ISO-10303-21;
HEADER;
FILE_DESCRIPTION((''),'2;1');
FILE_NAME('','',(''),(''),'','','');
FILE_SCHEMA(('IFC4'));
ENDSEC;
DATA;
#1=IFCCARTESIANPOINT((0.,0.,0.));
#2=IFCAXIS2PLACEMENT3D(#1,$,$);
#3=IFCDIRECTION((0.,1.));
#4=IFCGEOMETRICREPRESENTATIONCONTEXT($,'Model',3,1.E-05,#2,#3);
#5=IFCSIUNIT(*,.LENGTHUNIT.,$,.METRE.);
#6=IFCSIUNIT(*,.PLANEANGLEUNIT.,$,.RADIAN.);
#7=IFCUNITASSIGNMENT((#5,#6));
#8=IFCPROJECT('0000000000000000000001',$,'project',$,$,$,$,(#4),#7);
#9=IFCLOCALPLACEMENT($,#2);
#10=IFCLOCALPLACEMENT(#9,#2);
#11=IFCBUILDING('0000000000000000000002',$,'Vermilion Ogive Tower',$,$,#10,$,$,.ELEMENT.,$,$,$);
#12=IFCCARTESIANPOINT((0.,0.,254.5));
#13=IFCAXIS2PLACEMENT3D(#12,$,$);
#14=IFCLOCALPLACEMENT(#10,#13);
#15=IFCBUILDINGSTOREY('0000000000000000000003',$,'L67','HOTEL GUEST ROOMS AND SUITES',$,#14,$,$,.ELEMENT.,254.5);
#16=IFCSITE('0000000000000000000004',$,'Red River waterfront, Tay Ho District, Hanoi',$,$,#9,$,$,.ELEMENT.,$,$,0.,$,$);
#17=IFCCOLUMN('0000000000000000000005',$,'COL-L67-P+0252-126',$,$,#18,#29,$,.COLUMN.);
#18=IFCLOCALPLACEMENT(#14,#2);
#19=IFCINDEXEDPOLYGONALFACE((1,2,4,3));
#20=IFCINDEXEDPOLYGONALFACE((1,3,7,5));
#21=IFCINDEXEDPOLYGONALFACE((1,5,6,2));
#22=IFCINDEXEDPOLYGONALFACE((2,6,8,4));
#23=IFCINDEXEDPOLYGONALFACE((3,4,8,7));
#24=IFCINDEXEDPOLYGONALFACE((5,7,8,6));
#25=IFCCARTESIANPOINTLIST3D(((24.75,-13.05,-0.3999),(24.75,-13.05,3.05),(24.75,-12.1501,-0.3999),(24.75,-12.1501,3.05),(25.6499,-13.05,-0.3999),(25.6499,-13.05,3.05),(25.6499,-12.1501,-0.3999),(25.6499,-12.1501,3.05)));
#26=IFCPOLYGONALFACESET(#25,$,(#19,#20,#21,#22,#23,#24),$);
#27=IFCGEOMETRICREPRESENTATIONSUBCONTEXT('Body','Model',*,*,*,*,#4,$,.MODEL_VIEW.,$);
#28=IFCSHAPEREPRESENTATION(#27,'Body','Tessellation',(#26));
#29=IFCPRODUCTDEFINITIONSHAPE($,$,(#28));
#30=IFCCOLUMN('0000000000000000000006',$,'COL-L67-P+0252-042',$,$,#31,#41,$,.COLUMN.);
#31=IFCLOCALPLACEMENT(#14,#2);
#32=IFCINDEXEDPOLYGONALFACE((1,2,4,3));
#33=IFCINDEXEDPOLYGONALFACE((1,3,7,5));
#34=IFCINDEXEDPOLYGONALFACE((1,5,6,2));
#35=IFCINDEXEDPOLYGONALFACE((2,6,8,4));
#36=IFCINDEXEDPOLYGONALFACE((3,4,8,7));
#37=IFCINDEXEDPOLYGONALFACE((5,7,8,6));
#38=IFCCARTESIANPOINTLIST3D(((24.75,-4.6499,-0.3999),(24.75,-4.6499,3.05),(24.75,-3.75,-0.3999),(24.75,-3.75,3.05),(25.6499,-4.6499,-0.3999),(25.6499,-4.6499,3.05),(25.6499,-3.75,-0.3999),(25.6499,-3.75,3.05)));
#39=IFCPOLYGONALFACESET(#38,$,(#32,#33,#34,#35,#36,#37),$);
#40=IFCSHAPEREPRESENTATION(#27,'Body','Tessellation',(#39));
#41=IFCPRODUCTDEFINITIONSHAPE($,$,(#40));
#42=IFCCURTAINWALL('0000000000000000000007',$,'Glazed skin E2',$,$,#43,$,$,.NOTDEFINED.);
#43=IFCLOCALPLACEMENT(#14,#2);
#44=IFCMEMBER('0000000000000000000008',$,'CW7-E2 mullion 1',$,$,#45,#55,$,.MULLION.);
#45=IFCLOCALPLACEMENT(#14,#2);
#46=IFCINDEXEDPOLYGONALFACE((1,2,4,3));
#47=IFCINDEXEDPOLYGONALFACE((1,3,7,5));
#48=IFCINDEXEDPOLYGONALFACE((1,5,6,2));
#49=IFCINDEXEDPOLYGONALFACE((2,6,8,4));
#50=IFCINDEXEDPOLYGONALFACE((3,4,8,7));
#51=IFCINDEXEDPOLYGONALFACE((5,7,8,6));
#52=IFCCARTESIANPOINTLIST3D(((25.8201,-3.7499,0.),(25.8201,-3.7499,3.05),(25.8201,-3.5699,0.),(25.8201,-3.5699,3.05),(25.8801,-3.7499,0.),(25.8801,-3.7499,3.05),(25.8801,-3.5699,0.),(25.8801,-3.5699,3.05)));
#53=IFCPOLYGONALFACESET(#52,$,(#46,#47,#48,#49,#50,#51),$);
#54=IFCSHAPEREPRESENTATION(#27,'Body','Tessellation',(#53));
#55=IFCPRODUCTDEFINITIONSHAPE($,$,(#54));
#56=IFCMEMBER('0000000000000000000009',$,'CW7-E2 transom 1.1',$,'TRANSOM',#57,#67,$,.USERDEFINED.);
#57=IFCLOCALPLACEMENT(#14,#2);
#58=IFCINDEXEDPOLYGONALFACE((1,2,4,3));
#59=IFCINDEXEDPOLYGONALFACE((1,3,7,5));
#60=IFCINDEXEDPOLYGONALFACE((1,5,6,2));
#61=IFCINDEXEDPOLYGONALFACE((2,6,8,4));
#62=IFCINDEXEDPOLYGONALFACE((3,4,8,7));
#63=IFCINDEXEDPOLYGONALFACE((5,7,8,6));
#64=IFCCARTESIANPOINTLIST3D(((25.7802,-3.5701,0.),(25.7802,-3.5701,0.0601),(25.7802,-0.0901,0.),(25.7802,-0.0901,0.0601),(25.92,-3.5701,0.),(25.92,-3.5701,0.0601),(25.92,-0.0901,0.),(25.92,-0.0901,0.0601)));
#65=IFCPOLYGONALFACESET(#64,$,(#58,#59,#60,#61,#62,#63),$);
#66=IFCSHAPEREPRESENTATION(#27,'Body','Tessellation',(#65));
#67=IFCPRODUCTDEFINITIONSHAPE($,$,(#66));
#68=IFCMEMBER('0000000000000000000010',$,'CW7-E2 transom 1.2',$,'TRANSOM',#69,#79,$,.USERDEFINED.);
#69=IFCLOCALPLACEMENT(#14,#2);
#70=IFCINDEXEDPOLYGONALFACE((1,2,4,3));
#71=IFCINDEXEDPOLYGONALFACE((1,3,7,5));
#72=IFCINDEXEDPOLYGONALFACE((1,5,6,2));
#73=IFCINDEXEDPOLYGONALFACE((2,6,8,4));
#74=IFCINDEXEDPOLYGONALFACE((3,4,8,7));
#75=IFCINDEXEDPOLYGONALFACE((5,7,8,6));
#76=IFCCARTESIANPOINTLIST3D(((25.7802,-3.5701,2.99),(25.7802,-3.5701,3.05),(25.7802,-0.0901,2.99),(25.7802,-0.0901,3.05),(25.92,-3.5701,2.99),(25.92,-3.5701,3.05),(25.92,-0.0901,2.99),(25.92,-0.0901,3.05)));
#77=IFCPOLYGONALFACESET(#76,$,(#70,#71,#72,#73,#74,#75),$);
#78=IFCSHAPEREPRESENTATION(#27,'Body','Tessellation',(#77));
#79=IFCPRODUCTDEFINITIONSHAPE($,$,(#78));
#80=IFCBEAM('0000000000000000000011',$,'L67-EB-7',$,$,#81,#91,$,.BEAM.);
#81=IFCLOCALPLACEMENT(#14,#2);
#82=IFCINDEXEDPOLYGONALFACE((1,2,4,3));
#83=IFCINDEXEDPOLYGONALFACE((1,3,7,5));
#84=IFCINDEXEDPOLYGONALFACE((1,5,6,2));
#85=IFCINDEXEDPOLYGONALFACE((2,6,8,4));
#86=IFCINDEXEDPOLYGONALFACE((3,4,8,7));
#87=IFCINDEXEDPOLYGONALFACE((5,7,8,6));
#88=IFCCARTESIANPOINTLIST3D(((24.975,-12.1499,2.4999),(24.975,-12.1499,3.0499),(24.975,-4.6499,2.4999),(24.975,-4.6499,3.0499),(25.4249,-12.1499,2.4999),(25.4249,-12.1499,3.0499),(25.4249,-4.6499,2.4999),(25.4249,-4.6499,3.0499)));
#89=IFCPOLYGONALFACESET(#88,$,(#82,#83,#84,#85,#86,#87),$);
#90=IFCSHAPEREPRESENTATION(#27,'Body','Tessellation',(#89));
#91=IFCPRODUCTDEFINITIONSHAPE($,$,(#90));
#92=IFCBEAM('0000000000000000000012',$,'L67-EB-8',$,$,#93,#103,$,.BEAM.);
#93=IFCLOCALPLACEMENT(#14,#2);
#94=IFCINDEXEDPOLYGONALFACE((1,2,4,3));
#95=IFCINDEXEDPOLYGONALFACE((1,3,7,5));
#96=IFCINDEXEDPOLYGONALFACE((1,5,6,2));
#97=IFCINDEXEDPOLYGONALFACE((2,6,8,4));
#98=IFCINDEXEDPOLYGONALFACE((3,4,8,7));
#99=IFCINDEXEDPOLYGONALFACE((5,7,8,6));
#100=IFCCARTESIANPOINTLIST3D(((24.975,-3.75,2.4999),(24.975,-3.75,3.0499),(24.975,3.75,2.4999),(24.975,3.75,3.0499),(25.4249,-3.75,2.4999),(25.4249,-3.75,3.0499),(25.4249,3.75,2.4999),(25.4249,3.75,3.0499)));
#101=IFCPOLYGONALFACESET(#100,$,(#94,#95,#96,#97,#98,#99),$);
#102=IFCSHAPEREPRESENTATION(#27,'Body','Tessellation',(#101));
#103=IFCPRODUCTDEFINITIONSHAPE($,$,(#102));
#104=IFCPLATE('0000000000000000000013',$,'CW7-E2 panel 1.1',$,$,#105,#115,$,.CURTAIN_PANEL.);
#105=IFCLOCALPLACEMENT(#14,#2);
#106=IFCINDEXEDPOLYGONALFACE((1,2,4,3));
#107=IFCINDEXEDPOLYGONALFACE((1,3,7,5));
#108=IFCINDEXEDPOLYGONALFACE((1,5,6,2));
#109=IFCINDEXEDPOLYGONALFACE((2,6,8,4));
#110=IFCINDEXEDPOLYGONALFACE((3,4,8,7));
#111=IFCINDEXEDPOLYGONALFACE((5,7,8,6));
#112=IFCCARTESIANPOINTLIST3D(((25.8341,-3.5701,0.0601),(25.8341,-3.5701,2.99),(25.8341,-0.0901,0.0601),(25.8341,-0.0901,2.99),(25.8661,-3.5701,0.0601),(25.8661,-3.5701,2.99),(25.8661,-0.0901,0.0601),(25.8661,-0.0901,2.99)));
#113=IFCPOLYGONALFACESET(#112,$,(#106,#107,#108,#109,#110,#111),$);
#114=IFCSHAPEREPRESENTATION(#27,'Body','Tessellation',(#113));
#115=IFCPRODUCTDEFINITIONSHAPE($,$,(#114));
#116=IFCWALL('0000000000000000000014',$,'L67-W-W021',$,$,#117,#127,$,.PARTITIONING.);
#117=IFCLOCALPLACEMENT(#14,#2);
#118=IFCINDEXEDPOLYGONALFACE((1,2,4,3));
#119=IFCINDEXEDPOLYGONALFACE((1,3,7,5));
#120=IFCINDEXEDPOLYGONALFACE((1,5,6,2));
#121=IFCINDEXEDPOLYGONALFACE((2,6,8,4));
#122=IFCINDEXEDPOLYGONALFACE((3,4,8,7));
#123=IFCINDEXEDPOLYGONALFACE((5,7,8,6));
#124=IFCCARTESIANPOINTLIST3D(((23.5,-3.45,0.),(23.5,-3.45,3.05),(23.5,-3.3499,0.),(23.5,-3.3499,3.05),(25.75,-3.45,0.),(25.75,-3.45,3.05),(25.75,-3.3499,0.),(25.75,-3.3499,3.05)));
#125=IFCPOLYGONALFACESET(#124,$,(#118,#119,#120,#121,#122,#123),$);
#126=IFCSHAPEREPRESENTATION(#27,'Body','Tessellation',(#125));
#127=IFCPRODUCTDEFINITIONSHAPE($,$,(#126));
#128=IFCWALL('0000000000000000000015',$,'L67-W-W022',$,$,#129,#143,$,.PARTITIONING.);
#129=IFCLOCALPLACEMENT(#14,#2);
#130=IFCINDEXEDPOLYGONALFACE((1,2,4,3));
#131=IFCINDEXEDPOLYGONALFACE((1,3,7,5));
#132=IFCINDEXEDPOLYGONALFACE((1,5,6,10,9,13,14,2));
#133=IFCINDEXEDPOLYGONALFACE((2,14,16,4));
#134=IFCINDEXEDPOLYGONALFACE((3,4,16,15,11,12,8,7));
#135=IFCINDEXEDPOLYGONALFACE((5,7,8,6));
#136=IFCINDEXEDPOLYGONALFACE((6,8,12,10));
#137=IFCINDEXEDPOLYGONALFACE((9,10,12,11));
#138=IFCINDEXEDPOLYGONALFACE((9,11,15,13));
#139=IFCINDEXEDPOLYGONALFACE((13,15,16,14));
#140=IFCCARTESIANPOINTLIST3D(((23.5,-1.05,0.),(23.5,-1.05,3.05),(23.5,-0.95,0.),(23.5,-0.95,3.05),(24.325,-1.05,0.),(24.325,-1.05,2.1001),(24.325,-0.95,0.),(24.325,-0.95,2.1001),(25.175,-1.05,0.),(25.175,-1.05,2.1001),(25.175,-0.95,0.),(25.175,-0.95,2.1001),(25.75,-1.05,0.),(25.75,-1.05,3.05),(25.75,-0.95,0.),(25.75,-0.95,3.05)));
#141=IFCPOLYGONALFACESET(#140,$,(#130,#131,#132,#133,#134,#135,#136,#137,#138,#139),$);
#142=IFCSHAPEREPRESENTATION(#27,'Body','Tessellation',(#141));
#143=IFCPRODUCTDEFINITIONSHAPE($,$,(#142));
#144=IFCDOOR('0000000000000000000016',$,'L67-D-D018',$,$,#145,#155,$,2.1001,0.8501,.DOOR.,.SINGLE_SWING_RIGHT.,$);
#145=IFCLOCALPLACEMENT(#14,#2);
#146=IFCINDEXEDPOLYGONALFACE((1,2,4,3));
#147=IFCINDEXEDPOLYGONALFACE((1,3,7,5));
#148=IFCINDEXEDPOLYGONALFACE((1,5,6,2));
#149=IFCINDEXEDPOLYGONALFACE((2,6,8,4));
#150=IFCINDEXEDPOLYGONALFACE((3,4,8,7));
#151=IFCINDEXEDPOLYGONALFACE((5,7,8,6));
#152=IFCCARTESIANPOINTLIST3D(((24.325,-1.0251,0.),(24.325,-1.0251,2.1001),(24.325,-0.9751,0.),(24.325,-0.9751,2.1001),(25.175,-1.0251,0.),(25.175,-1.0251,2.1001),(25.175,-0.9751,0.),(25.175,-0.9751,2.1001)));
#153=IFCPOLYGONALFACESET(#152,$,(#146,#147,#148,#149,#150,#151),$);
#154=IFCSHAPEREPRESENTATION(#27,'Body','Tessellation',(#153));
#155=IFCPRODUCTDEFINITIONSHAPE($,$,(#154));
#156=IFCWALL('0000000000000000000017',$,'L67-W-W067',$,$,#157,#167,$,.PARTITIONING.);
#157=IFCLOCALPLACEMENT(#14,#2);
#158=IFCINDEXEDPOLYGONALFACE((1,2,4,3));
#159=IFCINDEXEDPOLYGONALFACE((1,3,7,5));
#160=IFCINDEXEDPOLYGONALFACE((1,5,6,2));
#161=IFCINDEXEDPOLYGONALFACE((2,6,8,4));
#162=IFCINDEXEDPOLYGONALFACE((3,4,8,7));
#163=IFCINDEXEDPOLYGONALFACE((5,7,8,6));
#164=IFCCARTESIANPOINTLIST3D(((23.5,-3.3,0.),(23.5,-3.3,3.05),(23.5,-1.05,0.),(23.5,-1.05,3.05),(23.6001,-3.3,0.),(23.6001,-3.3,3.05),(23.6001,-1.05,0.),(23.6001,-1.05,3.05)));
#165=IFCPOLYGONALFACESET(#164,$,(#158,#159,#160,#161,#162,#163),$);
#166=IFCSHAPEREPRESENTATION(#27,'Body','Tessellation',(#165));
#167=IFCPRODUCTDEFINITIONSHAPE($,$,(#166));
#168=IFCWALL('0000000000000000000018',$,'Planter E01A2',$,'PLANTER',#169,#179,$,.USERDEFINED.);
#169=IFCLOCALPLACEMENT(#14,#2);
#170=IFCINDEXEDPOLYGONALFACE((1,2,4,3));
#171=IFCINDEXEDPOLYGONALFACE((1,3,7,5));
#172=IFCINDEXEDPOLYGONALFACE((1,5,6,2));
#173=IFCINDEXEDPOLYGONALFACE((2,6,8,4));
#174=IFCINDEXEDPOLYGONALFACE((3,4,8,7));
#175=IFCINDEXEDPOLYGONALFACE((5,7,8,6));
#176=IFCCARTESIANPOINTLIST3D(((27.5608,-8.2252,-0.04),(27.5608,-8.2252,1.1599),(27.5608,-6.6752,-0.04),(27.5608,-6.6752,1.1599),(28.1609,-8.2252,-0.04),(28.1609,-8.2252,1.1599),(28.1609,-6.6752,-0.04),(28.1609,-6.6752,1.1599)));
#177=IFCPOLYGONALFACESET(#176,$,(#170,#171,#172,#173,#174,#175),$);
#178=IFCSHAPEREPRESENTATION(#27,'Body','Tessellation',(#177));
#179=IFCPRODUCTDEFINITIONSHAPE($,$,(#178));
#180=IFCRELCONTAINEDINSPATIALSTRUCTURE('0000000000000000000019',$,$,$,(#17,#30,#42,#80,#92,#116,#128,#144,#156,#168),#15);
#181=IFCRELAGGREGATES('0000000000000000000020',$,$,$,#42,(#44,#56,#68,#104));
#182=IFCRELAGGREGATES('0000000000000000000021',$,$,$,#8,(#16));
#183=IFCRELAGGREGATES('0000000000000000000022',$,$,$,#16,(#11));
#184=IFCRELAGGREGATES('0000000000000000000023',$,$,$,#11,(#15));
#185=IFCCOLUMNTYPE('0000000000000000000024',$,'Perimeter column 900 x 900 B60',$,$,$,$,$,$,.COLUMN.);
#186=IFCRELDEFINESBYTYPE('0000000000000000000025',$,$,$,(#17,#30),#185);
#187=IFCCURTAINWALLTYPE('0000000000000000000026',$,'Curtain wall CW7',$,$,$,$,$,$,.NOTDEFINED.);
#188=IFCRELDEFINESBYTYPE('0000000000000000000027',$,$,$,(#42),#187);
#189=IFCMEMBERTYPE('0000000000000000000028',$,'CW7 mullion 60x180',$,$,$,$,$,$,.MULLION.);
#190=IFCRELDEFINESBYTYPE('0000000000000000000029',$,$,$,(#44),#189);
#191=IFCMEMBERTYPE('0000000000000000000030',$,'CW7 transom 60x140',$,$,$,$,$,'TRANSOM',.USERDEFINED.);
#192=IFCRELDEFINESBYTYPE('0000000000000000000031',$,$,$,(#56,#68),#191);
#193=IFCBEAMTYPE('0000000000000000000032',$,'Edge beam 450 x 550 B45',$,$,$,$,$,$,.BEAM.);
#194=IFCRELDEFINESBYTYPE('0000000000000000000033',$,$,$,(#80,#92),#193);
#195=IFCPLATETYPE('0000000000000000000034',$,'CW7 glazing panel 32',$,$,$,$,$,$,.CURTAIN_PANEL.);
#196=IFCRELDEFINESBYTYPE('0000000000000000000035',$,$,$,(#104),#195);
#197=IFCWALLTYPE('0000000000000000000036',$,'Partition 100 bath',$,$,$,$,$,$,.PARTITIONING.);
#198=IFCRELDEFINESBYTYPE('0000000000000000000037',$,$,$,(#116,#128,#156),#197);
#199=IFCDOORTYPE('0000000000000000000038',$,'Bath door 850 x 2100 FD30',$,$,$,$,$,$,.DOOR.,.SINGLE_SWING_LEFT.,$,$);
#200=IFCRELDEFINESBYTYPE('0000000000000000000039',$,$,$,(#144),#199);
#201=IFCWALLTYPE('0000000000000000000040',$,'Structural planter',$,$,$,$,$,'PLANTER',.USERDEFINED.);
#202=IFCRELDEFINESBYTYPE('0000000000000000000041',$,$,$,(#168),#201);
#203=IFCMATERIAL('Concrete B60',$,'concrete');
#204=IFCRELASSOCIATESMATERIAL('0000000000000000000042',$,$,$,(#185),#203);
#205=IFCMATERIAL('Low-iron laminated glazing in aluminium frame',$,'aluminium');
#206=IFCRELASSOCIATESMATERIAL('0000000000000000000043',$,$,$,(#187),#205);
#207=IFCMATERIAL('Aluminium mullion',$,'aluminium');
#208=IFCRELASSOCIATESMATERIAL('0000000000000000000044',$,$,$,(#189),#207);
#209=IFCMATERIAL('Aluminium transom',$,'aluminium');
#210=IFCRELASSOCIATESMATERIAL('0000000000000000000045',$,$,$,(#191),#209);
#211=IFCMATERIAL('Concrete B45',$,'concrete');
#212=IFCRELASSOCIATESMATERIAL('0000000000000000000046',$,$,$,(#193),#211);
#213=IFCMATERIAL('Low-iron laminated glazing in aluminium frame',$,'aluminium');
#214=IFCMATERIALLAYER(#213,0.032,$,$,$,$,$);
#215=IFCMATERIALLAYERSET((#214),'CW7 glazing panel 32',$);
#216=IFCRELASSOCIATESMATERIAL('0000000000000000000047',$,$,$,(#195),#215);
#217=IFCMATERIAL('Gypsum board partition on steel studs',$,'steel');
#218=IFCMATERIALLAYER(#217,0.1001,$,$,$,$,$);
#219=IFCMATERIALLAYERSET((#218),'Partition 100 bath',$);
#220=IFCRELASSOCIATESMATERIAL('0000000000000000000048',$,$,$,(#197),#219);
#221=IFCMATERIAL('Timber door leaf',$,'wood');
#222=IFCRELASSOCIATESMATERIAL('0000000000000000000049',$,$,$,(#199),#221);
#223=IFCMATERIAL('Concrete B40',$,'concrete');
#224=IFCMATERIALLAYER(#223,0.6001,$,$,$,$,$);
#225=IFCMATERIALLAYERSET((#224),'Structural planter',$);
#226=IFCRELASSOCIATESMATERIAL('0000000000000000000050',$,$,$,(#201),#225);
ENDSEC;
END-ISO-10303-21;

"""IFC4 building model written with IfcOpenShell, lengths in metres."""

from ifc_helpers import new_model, si_unit, direction, frame, frame_2d, origin, origin_2d, place, context, subcontext, project, spatial, rectangle, extrude, material, layer, layer_set, material_profile, profile_set, type_object, element, fill, aggregate, save


model = new_model("IFC4")

# Units and contexts
model_context = context("Model", 3, precision=1e-05, world=origin(), true_north=direction((0.0, 1.0)))
body_context = subcontext(model_context, "Body", "Model", "MODEL_VIEW")
ifc_project = project(units=[si_unit("LENGTHUNIT", "METRE"), si_unit("PLANEANGLEUNIT", "RADIAN")], contexts=[model_context])

# Site, building, storey
site_placement = place(None, origin())
site = spatial("IfcSite", under=ifc_project, at=site_placement, Name="Red River waterfront, Tay Ho District, Hanoi", CompositionType="ELEMENT", RefElevation=0.0)
building_placement = place(site_placement, origin())
building = spatial("IfcBuilding", under=site, at=building_placement, Name="Vermilion Ogive Tower", CompositionType="ELEMENT")
storey_placement = place(building_placement, frame((0.0, 0.0, 254.5)))
storey = spatial("IfcBuildingStorey", under=building, at=storey_placement, Name="L67", Description="HOTEL GUEST ROOMS AND SUITES", CompositionType="ELEMENT", Elevation=254.5)

# Columns
ifc_material_1 = material(Name="Concrete B60", Category="concrete")
ifc_material_profile_1 = material_profile(ifc_material_1, rectangle(XDim=0.8999, YDim=0.8999, at=origin_2d()), Name="900 x 900")
ifc_profile_set_1 = profile_set([ifc_material_profile_1], Name="Concrete B60")
column_type = type_object("IfcColumnType", Name="Perimeter column 900 x 900 B60", PredefinedType="COLUMN", material=ifc_profile_set_1)
for number, where, z_axis, x_axis, name in (
    (1, (25.2, -12.6001, -0.3999), (0.0, 0.0, 1.0), (1.0, 0.0, 0.0), "COL-L67-P+0252-126"),
    (2, (25.2, -4.2, -0.3999), (0.0, 0.0, 1.0), (1.0, 0.0, 0.0), "COL-L67-P+0252-042"),
):
    element("IfcColumn", number, at=place(storey_placement, frame(where, z_axis=z_axis, x_axis=x_axis)), inside=storey, type_object=column_type, Name=name, PredefinedType="COLUMN", context=body_context, shape_type="SweptSolid", body=[
        extrude(rectangle(XDim=0.8999, YDim=0.8999, at=origin_2d()), origin(), (0.0, 0.0, 1.0), 3.45),
    ])

# Curtain wall, members
ifc_material_2 = material(Name="Low-iron laminated glazing in aluminium frame", Category="aluminium")
curtain_wall_type = type_object("IfcCurtainWallType", Name="Curtain wall CW7", PredefinedType="NOTDEFINED", material=ifc_material_2)
curtain_wall_placement = place(storey_placement, origin())
curtain_wall = element("IfcCurtainWall", 3, at=curtain_wall_placement, inside=storey, type_object=curtain_wall_type, Name="Glazed skin E2", PredefinedType="NOTDEFINED")
ifc_material_3 = material(Name="Aluminium mullion", Category="aluminium")
ifc_material_profile_2 = material_profile(ifc_material_3, rectangle(XDim=0.0601, YDim=0.1799, at=origin_2d()), Name="AL 60x180")
ifc_profile_set_2 = profile_set([ifc_material_profile_2], Name="Aluminium mullion")
member_type_1 = type_object("IfcMemberType", Name="CW7 mullion 60x180", PredefinedType="MULLION", material=ifc_profile_set_2)
member_1_placement = place(storey_placement, frame((25.8501, -3.6599, 0.0), z_axis=(0.0, 0.0, 1.0), x_axis=(-1.0, 0.0, 0.0)))
member_1 = element("IfcMember", 4, at=member_1_placement, type_object=member_type_1, Name="CW7-E2 mullion 1", PredefinedType="MULLION", context=body_context, shape_type="SweptSolid", body=[
    extrude(rectangle(XDim=0.0601, YDim=0.1799, at=origin_2d()), origin(), (0.0, 0.0, 1.0), 3.05),
])
ifc_material_4 = material(Name="Aluminium transom", Category="aluminium")
ifc_material_profile_3 = material_profile(ifc_material_4, rectangle(XDim=0.1399, YDim=0.0601, at=origin_2d()), Name="AL 60x140")
ifc_profile_set_3 = profile_set([ifc_material_profile_3], Name="Aluminium transom")
member_type_2 = type_object("IfcMemberType", Name="CW7 transom 60x140", ElementType="TRANSOM", PredefinedType="USERDEFINED", material=ifc_profile_set_3)
member_2_placement = place(storey_placement, frame((25.8501, -3.5701, 0.03), z_axis=(0.0, 1.0, 0.0), x_axis=(-1.0, 0.0, 0.0)))
member_2 = element("IfcMember", 5, at=member_2_placement, type_object=member_type_2, Name="CW7-E2 transom 1.1", ObjectType="TRANSOM", PredefinedType="USERDEFINED", context=body_context, shape_type="SweptSolid", body=[
    extrude(rectangle(XDim=0.1399, YDim=0.0601, at=origin_2d()), origin(), (0.0, 0.0, 1.0), 3.48),
])
member_3_placement = place(storey_placement, frame((25.8501, -3.5701, 3.02), z_axis=(0.0, 1.0, 0.0), x_axis=(-1.0, 0.0, 0.0)))
member_3 = element("IfcMember", 6, at=member_3_placement, type_object=member_type_2, Name="CW7-E2 transom 1.2", ObjectType="TRANSOM", PredefinedType="USERDEFINED", context=body_context, shape_type="SweptSolid", body=[
    extrude(rectangle(XDim=0.1399, YDim=0.0601, at=origin_2d()), origin(), (0.0, 0.0, 1.0), 3.48),
])

# Beams
ifc_material_5 = material(Name="Concrete B45", Category="concrete")
ifc_material_profile_4 = material_profile(ifc_material_5, rectangle(XDim=0.45, YDim=0.55, at=origin_2d()), Name="450 x 550")
ifc_profile_set_4 = profile_set([ifc_material_profile_4], Name="Concrete B45")
beam_type = type_object("IfcBeamType", Name="Edge beam 450 x 550 B45", PredefinedType="BEAM", material=ifc_profile_set_4)
for number, where, z_axis, x_axis, name in (
    (7, (25.2, -12.1499, 2.7749), (0.0, 1.0, 0.0), (-1.0, 0.0, 0.0), "L67-EB-7"),
    (8, (25.2, -3.75, 2.7749), (0.0, 1.0, 0.0), (-1.0, 0.0, 0.0), "L67-EB-8"),
):
    element("IfcBeam", number, at=place(storey_placement, frame(where, z_axis=z_axis, x_axis=x_axis)), inside=storey, type_object=beam_type, Name=name, PredefinedType="BEAM", context=body_context, shape_type="SweptSolid", body=[
        extrude(rectangle(XDim=0.45, YDim=0.55, at=origin_2d()), origin(), (0.0, 0.0, 1.0), 7.5),
    ])

# Plate
ifc_material_6 = material(Name="Low-iron laminated glazing in aluminium frame", Category="aluminium")
ifc_layer_1 = layer(ifc_material_6, 0.032)
ifc_layer_set_1 = layer_set([ifc_layer_1], Name="CW7 glazing panel 32")
plate_type = type_object("IfcPlateType", Name="CW7 glazing panel 32", PredefinedType="CURTAIN_PANEL", material=ifc_layer_set_1)
plate_placement = place(storey_placement, frame((25.8501, -1.8301, 0.0601), z_axis=(0.0, 0.0, 1.0), x_axis=(0.0, 1.0, 0.0)))
plate = element("IfcPlate", 9, at=plate_placement, type_object=plate_type, Name="CW7-E2 panel 1.1", PredefinedType="CURTAIN_PANEL", context=body_context, shape_type="SweptSolid", body=[
    extrude(rectangle(XDim=3.48, YDim=0.032, at=origin_2d()), origin(), (0.0, 0.0, 1.0), 2.9299),
])
aggregate(curtain_wall, [member_1, member_2, member_3, plate])

# Wall
ifc_material_7 = material(Name="Gypsum board partition on steel studs", Category="steel")
ifc_layer_2 = layer(ifc_material_7, 0.1001)
ifc_layer_set_2 = layer_set([ifc_layer_2], Name="Partition 100 bath")
wall_type_1 = type_object("IfcWallType", Name="Partition 100 bath", PredefinedType="PARTITIONING", material=ifc_layer_set_2)
wall_1_placement = place(storey_placement, frame((23.5, -3.3999, 0.0), z_axis=(0.0, 0.0, 1.0), x_axis=(1.0, 0.0, 0.0)))
element("IfcWall", 10, at=wall_1_placement, inside=storey, type_object=wall_type_1, Name="L67-W-W021", PredefinedType="PARTITIONING", context=body_context, shape_type="SweptSolid", body=[
    extrude(rectangle(XDim=2.25, YDim=0.1001, at=frame_2d((1.125, 0.0))), origin(), (0.0, 0.0, 1.0), 3.05),
])

# Wall, opening, door
wall_2_placement = place(storey_placement, frame((23.5, -1.0, 0.0), z_axis=(0.0, 0.0, 1.0), x_axis=(1.0, 0.0, 0.0)))
wall_2 = element("IfcWall", 11, at=wall_2_placement, inside=storey, type_object=wall_type_1, Name="L67-W-W022", PredefinedType="PARTITIONING", context=body_context, shape_type="SweptSolid", body=[
    extrude(rectangle(XDim=2.25, YDim=0.1001, at=frame_2d((1.125, 0.0))), origin(), (0.0, 0.0, 1.0), 3.05),
])
opening_1_placement = place(wall_2_placement, frame((0.825, 0.0, 0.0)))
opening_1 = element("IfcOpeningElement", 12, at=opening_1_placement, cuts=wall_2, PredefinedType="OPENING", context=body_context, shape_type="SweptSolid", body=[
    extrude(rectangle(XDim=0.8501, YDim=2.1001, at=frame_2d((0.425, 1.05))), frame((0.0, 0.0601, 0.0), z_axis=(0.0, -1.0, 0.0), x_axis=(1.0, 0.0, 0.0)), (0.0, 0.0, 1.0), 0.1201),
])
ifc_material_8 = material(Name="Timber door leaf", Category="wood")
door_type_1 = type_object("IfcDoorType", Name="Bath door 850 x 2100 FD30", OperationType="SINGLE_SWING_LEFT", PredefinedType="DOOR", material=ifc_material_8)
door_1_placement = place(opening_1_placement, origin())
door_1 = element("IfcDoor", 13, at=door_1_placement, inside=storey, type_object=door_type_1, Name="L67-D-D018", OperationType="SINGLE_SWING_RIGHT", OverallHeight=2.1001, OverallWidth=0.8501, PredefinedType="DOOR", context=body_context, shape_type="SweptSolid", body=[
    extrude(rectangle(XDim=0.8501, YDim=2.1001, at=frame_2d((0.425, 1.05))), frame((0.0, 0.0249, 0.0), z_axis=(0.0, -1.0, 0.0), x_axis=(1.0, 0.0, 0.0)), (0.0, 0.0, 1.0), 0.05),
])
fill(opening_1, door_1)

# Walls
wall_3_placement = place(storey_placement, frame((23.55, -3.3, 0.0), z_axis=(0.0, 0.0, 1.0), x_axis=(0.0, 1.0, 0.0)))
element("IfcWall", 14, at=wall_3_placement, inside=storey, type_object=wall_type_1, Name="L67-W-W067", PredefinedType="PARTITIONING", context=body_context, shape_type="SweptSolid", body=[
    extrude(rectangle(XDim=2.25, YDim=0.1001, at=frame_2d((1.125, 0.0))), origin(), (0.0, 0.0, 1.0), 3.05),
])
ifc_material_9 = material(Name="Concrete B40", Category="concrete")
ifc_layer_3 = layer(ifc_material_9, 0.6001)
ifc_layer_set_3 = layer_set([ifc_layer_3], Name="Structural planter")
wall_type_2 = type_object("IfcWallType", Name="Structural planter", ElementType="PLANTER", PredefinedType="USERDEFINED", material=ifc_layer_set_3)
wall_4_placement = place(storey_placement, frame((27.8608, -8.2251, -0.04), z_axis=(0.0, 0.0, 1.0), x_axis=(0.0, 1.0, 0.0)))
element("IfcWall", 15, at=wall_4_placement, inside=storey, type_object=wall_type_2, Name="Planter E01A2", ObjectType="PLANTER", PredefinedType="USERDEFINED", context=body_context, shape_type="SweptSolid", body=[
    extrude(rectangle(XDim=1.55, YDim=0.6001, at=frame_2d((0.7749, 0.0))), origin(), (0.0, 0.0, 1.0), 1.2),
])

save(model, "model.ifc")
